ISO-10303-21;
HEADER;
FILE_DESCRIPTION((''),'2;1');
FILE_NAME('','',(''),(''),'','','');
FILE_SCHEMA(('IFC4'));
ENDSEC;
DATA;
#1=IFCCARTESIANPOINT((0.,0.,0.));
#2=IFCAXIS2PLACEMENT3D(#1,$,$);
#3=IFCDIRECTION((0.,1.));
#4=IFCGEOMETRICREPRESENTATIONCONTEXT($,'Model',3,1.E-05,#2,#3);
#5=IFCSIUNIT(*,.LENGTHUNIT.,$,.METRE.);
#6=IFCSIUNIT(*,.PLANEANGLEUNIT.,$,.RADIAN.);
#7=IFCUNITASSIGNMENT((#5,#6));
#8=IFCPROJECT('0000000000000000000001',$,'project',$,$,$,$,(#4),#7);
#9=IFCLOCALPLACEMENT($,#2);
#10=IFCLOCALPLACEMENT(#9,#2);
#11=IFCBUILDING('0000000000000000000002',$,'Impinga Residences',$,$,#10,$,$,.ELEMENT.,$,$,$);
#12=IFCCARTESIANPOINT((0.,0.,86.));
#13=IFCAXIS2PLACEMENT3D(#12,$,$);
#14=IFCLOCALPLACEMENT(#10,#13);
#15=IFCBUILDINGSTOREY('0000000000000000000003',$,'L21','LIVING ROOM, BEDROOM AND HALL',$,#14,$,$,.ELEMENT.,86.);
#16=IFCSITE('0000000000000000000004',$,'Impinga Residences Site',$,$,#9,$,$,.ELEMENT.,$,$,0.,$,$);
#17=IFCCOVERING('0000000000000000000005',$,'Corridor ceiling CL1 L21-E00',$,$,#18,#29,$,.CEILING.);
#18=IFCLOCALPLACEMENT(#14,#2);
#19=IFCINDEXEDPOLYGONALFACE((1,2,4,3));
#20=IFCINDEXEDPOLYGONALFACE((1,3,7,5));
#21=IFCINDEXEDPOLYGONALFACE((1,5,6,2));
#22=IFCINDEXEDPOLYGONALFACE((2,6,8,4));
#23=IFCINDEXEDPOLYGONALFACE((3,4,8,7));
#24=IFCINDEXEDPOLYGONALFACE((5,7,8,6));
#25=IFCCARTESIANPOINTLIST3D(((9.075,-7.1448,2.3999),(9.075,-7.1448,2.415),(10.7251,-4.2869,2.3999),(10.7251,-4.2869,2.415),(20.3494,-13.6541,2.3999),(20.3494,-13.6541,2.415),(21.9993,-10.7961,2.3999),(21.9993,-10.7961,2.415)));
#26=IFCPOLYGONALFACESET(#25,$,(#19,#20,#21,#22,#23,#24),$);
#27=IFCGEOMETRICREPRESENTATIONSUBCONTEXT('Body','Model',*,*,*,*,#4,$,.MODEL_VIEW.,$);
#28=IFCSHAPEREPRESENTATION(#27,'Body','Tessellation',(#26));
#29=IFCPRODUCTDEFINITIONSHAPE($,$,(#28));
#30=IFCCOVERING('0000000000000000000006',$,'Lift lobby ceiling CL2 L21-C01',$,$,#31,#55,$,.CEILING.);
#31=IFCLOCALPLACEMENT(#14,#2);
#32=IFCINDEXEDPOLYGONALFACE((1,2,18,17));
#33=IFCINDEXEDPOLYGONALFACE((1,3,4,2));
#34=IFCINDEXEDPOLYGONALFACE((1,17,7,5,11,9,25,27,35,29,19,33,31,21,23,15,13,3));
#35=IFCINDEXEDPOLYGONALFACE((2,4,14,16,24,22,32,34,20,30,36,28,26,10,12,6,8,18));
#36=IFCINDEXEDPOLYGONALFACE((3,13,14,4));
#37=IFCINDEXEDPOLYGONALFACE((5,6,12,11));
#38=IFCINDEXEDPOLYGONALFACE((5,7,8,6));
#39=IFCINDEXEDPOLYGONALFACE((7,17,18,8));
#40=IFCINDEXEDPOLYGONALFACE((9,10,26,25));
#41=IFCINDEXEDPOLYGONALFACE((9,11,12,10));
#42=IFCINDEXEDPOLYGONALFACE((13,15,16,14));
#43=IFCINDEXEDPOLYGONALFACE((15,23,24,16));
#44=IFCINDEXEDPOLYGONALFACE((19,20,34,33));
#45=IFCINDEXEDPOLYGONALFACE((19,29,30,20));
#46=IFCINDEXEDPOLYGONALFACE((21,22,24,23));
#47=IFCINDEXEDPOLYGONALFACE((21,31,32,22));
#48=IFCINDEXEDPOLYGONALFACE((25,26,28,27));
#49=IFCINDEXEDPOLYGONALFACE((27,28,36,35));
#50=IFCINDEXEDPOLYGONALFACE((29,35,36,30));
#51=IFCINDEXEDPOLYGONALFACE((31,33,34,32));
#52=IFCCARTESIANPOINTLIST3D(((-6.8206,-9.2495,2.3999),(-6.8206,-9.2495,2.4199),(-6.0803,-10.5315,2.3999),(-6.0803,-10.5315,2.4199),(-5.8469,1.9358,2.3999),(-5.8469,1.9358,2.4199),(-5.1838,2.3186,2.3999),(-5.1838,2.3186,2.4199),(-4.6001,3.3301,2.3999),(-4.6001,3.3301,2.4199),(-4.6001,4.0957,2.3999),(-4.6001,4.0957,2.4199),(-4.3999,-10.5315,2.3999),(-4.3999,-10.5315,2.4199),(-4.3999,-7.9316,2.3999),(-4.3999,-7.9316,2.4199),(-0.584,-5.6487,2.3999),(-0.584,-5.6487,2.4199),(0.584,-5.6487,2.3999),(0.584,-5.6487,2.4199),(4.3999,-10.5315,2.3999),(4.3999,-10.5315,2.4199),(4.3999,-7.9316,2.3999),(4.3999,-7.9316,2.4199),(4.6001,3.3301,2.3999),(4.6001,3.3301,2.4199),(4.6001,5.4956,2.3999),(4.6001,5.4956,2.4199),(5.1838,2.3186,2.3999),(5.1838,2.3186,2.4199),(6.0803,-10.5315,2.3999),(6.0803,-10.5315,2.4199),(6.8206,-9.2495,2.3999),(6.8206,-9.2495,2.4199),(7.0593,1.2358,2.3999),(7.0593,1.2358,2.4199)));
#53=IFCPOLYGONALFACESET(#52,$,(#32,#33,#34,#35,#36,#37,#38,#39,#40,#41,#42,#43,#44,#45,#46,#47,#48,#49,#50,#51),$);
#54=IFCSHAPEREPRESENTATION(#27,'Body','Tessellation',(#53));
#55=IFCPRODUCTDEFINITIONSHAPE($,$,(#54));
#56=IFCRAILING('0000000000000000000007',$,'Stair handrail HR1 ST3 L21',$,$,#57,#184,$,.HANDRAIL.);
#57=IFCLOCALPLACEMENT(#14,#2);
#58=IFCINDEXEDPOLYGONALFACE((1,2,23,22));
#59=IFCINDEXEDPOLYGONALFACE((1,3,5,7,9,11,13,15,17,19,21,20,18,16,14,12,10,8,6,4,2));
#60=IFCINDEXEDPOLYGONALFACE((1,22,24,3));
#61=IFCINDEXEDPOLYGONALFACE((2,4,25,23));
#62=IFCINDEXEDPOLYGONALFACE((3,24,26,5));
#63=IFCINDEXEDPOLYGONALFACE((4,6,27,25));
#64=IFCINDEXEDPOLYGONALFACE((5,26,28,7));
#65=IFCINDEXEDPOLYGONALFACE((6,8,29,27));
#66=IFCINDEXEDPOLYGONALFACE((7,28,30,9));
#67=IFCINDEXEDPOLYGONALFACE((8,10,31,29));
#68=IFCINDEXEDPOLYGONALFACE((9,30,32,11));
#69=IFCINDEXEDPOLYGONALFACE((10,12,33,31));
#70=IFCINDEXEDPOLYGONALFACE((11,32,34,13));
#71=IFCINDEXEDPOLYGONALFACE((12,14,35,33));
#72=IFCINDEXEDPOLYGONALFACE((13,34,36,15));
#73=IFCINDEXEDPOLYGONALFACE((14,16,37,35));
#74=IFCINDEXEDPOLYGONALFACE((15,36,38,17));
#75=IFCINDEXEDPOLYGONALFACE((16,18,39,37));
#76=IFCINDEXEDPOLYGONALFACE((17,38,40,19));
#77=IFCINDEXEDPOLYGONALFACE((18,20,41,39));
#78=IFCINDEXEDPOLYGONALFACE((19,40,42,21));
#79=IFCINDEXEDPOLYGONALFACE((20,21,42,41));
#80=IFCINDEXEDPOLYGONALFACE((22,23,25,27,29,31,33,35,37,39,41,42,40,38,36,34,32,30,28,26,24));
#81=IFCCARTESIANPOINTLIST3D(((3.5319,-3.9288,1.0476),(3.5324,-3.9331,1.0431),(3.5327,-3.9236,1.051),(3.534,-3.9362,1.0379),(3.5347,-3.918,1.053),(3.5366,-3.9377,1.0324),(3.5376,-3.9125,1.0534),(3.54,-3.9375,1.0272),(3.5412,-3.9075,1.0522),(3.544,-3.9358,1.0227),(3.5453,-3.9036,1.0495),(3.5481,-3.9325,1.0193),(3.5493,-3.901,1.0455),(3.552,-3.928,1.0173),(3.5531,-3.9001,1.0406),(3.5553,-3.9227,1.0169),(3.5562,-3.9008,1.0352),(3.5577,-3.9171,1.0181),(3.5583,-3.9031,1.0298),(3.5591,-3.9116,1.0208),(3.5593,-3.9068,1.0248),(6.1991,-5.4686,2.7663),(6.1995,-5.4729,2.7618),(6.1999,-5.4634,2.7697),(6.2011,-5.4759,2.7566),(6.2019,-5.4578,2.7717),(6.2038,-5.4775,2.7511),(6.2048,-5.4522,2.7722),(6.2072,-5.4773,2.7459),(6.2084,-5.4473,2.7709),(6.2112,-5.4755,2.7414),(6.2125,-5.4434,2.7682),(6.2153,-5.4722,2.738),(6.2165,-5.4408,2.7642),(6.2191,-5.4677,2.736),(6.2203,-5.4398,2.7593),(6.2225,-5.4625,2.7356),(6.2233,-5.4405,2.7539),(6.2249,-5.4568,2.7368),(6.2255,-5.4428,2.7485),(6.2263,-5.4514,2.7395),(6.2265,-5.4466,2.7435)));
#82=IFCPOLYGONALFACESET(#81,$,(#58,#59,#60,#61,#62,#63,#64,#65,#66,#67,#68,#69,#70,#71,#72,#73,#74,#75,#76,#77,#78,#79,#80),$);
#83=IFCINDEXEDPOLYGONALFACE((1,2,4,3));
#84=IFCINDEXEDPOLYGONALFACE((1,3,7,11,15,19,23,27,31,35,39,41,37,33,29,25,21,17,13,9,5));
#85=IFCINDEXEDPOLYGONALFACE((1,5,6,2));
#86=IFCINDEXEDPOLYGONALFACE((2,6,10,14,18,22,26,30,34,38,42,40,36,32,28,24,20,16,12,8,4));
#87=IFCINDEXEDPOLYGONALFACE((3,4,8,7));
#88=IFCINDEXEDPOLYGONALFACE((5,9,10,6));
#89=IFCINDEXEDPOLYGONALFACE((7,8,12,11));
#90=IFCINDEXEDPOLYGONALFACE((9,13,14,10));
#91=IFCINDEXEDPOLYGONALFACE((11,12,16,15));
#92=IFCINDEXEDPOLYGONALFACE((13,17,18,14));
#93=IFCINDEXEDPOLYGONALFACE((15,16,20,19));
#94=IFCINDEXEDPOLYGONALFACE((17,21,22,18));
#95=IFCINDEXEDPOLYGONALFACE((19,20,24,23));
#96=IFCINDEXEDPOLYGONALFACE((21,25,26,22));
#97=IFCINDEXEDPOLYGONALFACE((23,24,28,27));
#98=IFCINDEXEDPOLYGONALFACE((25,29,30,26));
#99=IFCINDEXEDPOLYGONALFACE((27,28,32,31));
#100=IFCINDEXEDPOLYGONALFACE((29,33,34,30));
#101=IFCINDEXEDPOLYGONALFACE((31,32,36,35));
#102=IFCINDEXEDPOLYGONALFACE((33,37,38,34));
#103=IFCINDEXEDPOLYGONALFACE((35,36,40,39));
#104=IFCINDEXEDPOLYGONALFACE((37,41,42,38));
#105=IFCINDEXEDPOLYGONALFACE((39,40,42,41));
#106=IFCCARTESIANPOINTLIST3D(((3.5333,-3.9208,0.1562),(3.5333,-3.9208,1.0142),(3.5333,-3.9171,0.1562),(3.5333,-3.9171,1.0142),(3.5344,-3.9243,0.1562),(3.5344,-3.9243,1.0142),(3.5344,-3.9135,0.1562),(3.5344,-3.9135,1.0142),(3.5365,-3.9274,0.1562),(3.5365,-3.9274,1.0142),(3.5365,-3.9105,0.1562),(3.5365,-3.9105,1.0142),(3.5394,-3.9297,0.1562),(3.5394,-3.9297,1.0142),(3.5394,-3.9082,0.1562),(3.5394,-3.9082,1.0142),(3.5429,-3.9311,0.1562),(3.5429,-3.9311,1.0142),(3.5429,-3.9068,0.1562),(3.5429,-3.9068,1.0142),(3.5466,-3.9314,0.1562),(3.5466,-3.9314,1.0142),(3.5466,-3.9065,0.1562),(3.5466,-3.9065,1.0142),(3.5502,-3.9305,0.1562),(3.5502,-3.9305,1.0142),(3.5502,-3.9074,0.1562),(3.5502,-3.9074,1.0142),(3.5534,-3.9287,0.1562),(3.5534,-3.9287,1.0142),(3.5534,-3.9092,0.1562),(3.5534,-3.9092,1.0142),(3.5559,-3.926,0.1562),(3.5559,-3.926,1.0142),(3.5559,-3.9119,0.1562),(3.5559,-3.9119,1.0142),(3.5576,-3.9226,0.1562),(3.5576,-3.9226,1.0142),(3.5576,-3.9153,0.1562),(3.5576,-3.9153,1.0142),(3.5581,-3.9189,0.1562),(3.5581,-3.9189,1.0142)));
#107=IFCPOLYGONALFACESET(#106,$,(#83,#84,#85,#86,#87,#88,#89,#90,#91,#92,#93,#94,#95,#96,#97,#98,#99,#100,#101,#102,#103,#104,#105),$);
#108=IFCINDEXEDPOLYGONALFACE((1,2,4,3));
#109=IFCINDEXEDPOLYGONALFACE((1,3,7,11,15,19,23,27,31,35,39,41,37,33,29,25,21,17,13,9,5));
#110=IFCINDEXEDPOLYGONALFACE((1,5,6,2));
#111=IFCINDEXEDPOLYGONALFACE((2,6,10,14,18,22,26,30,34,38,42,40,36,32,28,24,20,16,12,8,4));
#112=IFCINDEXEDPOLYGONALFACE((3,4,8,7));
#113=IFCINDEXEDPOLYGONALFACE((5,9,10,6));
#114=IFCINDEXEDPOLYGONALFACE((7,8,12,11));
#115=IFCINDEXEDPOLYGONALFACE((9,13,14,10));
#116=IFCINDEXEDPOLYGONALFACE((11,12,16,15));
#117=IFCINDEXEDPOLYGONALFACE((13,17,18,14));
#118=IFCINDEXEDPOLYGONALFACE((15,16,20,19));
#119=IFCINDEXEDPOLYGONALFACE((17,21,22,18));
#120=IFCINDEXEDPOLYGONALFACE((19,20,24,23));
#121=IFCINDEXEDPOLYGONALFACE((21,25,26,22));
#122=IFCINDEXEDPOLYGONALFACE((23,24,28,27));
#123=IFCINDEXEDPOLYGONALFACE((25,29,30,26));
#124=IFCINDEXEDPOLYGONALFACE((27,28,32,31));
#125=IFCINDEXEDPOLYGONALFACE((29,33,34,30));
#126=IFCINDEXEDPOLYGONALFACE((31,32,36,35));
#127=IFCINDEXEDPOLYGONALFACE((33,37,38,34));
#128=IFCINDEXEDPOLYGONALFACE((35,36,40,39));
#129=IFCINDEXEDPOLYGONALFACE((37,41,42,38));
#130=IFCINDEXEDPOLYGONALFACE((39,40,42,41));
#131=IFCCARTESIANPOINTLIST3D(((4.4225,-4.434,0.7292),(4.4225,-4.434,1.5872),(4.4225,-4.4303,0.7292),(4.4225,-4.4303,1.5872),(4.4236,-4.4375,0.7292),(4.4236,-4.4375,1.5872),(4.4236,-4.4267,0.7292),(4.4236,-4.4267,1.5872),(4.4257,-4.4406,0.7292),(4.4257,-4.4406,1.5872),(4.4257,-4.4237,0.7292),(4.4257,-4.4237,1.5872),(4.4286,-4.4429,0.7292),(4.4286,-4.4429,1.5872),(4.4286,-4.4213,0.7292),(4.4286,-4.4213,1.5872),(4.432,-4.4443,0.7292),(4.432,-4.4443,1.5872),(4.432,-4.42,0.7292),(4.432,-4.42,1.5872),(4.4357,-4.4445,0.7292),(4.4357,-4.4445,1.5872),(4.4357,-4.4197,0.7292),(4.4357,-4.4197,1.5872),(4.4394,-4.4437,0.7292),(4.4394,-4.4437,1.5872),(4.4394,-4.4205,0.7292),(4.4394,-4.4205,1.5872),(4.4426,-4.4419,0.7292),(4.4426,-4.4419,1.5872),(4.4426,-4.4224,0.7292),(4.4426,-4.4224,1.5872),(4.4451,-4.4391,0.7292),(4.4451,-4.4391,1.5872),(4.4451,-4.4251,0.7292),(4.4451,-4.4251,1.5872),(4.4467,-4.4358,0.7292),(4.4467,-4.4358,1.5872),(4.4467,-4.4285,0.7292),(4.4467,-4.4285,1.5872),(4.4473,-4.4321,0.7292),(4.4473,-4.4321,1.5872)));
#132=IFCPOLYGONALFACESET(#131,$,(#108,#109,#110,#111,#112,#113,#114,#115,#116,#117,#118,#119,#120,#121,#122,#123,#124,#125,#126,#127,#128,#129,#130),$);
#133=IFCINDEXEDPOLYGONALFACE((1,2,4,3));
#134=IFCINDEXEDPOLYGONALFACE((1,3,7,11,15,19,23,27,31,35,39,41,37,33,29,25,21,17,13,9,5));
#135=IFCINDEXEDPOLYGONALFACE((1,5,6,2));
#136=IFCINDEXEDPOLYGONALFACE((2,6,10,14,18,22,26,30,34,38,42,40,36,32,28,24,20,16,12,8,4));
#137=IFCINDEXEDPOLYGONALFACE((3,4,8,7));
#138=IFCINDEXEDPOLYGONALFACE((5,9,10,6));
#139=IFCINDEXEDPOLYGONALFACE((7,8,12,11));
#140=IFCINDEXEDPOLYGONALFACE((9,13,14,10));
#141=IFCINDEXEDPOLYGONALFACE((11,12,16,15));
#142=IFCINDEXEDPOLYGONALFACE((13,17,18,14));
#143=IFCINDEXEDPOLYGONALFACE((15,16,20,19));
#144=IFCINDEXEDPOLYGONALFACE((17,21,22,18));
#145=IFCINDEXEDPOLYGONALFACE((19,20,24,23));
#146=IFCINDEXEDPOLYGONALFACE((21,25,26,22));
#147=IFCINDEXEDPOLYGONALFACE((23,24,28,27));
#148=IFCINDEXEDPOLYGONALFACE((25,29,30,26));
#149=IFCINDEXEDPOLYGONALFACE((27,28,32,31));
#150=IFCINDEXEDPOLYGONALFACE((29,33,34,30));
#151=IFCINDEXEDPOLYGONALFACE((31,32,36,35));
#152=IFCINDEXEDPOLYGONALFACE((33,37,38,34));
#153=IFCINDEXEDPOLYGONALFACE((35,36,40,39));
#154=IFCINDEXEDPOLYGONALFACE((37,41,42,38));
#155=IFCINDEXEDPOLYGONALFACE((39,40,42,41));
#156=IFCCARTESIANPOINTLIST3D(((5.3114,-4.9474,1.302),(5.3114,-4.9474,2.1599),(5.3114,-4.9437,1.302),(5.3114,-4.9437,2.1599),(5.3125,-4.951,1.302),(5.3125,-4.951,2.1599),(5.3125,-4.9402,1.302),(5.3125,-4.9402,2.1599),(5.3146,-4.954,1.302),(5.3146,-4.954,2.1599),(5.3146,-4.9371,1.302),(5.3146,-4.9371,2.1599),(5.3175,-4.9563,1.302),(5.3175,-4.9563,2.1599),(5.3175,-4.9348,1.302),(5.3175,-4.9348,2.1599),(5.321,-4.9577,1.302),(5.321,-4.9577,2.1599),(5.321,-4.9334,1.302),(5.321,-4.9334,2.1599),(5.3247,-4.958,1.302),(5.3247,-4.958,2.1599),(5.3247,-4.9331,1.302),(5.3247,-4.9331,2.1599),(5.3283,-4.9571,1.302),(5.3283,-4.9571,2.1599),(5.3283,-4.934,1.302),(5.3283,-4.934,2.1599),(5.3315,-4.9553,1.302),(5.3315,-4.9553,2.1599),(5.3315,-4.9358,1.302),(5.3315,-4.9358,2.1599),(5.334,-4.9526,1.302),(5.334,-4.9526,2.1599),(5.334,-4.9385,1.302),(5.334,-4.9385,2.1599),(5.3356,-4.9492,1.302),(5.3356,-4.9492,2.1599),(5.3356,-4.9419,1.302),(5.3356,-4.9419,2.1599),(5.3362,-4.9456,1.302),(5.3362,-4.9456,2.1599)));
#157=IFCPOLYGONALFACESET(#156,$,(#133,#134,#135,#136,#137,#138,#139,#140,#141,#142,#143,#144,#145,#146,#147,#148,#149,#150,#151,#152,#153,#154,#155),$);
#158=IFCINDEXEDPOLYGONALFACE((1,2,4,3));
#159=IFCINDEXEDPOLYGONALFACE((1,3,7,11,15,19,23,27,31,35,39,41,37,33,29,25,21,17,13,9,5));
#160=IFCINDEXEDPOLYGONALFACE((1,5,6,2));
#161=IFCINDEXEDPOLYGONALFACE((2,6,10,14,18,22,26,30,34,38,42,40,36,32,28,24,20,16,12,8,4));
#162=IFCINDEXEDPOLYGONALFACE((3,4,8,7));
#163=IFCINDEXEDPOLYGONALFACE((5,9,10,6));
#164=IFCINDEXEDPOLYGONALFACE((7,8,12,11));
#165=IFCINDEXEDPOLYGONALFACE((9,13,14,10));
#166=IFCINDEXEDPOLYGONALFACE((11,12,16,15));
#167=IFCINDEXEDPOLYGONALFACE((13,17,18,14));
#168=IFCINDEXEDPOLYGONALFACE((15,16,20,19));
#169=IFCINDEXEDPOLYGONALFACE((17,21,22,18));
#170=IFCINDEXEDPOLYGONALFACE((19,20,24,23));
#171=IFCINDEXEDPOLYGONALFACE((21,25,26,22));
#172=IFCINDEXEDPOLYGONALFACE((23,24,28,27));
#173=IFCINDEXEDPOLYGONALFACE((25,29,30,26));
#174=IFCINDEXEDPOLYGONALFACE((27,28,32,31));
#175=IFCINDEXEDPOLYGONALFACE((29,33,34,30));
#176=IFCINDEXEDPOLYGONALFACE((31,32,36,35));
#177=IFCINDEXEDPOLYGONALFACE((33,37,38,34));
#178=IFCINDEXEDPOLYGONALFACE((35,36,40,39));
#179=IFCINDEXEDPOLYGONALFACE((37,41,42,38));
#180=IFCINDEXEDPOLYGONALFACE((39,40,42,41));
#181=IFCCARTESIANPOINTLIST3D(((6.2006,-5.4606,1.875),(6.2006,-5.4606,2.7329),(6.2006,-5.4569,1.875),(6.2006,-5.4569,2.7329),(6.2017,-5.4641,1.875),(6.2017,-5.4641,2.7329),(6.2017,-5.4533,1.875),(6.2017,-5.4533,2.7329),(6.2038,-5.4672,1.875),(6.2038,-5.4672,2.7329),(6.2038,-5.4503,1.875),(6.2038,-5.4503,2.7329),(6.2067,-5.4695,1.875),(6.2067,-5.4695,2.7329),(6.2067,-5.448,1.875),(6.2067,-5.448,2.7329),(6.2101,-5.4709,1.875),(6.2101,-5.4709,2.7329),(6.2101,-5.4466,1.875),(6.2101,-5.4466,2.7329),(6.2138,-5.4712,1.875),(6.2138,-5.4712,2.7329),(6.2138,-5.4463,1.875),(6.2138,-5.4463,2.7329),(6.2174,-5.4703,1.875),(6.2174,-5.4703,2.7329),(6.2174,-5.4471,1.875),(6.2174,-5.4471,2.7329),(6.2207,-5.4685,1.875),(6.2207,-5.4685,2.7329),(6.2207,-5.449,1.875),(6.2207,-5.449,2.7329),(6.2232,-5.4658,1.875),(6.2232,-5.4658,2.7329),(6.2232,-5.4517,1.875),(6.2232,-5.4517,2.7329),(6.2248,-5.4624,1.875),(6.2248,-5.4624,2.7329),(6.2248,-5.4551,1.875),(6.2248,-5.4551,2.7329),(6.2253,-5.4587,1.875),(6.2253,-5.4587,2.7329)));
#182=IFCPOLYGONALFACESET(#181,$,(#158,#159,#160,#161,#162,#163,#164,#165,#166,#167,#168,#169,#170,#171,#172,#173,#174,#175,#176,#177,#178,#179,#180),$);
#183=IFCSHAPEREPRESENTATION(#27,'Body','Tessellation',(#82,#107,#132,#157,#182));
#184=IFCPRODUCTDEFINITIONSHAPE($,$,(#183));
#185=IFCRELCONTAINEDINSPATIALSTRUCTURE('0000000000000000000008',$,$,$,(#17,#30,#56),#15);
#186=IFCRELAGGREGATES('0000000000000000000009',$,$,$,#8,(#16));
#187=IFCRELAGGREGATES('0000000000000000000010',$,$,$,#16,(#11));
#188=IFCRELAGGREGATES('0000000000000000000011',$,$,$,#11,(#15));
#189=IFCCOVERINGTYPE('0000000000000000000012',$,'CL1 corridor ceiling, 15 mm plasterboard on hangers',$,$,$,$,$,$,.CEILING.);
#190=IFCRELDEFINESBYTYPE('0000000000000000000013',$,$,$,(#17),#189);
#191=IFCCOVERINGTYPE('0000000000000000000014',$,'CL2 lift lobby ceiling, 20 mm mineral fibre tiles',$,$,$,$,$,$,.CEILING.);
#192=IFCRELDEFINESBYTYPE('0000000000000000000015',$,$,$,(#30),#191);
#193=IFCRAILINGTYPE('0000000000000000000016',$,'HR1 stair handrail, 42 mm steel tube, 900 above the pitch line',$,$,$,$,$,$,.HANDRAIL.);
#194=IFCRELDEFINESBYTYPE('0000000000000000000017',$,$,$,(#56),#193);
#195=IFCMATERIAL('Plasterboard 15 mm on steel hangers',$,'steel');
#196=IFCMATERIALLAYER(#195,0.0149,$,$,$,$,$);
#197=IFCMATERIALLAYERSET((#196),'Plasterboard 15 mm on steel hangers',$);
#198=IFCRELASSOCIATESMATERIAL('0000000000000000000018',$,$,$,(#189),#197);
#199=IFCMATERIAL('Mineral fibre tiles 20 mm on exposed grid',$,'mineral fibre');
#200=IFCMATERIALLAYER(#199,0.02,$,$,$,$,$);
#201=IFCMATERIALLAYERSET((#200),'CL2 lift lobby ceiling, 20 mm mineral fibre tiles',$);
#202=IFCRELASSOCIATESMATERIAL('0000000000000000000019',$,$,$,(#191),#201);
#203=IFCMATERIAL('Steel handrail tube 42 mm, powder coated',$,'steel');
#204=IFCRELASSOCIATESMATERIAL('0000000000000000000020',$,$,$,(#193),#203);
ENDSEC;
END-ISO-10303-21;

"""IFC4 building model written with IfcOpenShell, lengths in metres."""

from ifc_helpers import new_model, si_unit, direction, frame, origin, origin_2d, place, context, subcontext, project, spatial, polyline, circle, outline, extrude, material, layer, layer_set, type_object, element, save


model = new_model("IFC4")

# Units and contexts
model_context = context("Model", 3, precision=1e-05, world=origin(), true_north=direction((0.0, 1.0)))
body_context = subcontext(model_context, "Body", "Model", "MODEL_VIEW")
ifc_project = project(units=[si_unit("LENGTHUNIT", "METRE"), si_unit("PLANEANGLEUNIT", "RADIAN")], contexts=[model_context])

# Site, building, storey
site_placement = place(None, origin())
site = spatial("IfcSite", under=ifc_project, at=site_placement, Name="Impinga Residences Site", CompositionType="ELEMENT", RefElevation=0.0)
building_placement = place(site_placement, origin())
building = spatial("IfcBuilding", under=site, at=building_placement, Name="Impinga Residences", CompositionType="ELEMENT")
storey_placement = place(building_placement, frame((0.0, 0.0, 86.0)))
storey = spatial("IfcBuildingStorey", under=building, at=storey_placement, Name="L21", Description="LIVING ROOM, BEDROOM AND HALL", CompositionType="ELEMENT", Elevation=86.0)

# Coverings
ifc_material_1 = material(Name="Plasterboard 15 mm on steel hangers", Category="steel")
ifc_layer_1 = layer(ifc_material_1, 0.0149)
ifc_layer_set_1 = layer_set([ifc_layer_1], Name="Plasterboard 15 mm on steel hangers")
covering_type_1 = type_object("IfcCoveringType", Name="CL1 corridor ceiling, 15 mm plasterboard on hangers", PredefinedType="CEILING", material=ifc_layer_set_1)
covering_1_placement = place(storey_placement, frame((0.0, 0.0, 2.3999)))
element("IfcCovering", 1, at=covering_1_placement, inside=storey, type_object=covering_type_1, Name="Corridor ceiling CL1 L21-E00", PredefinedType="CEILING", context=body_context, shape_type="SweptSolid", body=[
    extrude(outline(polyline([(9.075, -7.1448), (10.7251, -4.2869), (21.9993, -10.7961), (20.3494, -13.6541), (9.075, -7.1448)])), origin(), (0.0, 0.0, 1.0), 0.0151),
])
ifc_material_2 = material(Name="Mineral fibre tiles 20 mm on exposed grid", Category="mineral fibre")
ifc_layer_2 = layer(ifc_material_2, 0.02)
ifc_layer_set_2 = layer_set([ifc_layer_2], Name="CL2 lift lobby ceiling, 20 mm mineral fibre tiles")
covering_type_2 = type_object("IfcCoveringType", Name="CL2 lift lobby ceiling, 20 mm mineral fibre tiles", PredefinedType="CEILING", material=ifc_layer_set_2)
covering_2_placement = place(storey_placement, frame((0.0, 0.0, 2.3999)))
element("IfcCovering", 2, at=covering_2_placement, inside=storey, type_object=covering_type_2, Name="Lift lobby ceiling CL2 L21-C01", PredefinedType="CEILING", context=body_context, shape_type="SweptSolid", body=[
    extrude(outline(polyline([(6.0803, -10.5315), (4.3999, -10.5315), (4.3999, -7.9316), (-4.3999, -7.9316), (-4.3999, -10.5315), (-6.0803, -10.5315), (-6.8206, -9.2495), (-0.584, -5.6487), (-5.1838, 2.3186), (-5.8469, 1.9358), (-4.6001, 4.0957), (-4.6001, 3.3301), (4.6001, 3.3301), (4.6001, 5.4956), (7.0593, 1.2358), (5.1838, 2.3186), (0.584, -5.6487), (6.8206, -9.2495), (6.0803, -10.5315)])), origin(), (0.0, 0.0, 1.0), 0.02),
])

# Railing
ifc_material_3 = material(Name="Steel handrail tube 42 mm, powder coated", Category="steel")
railing_type = type_object("IfcRailingType", Name="HR1 stair handrail, 42 mm steel tube, 900 above the pitch line", PredefinedType="HANDRAIL", material=ifc_material_3)
railing_placement = place(storey_placement, frame((3.5457, -3.9189, 0.1562)))
element("IfcRailing", 3, at=railing_placement, inside=storey, type_object=railing_type, Name="Stair handrail HR1 ST3 L21", PredefinedType="HANDRAIL", context=body_context, shape_type="SweptSolid", body=[
    extrude(circle(Radius=0.021, at=origin_2d()), frame((0.0, 0.0, 0.8789), z_axis=(0.756249, -0.436582, 0.487322), x_axis=(0.499967, 0.866044, 0.0)), (0.0, 0.0, 1.0), 3.5269),
    extrude(circle(Radius=0.0125, at=origin_2d()), origin(), (0.0, 0.0, 1.0), 0.8579),
    extrude(circle(Radius=0.0125, at=origin_2d()), frame((0.8892, -0.5132, 0.573)), (0.0, 0.0, 1.0), 0.8579),
    extrude(circle(Radius=0.0125, at=origin_2d()), frame((1.7781, -1.0266, 1.1458)), (0.0, 0.0, 1.0), 0.8579),
    extrude(circle(Radius=0.0125, at=origin_2d()), frame((2.6672, -1.5398, 1.7188)), (0.0, 0.0, 1.0), 0.8579),
])

save(model, "model.ifc")
